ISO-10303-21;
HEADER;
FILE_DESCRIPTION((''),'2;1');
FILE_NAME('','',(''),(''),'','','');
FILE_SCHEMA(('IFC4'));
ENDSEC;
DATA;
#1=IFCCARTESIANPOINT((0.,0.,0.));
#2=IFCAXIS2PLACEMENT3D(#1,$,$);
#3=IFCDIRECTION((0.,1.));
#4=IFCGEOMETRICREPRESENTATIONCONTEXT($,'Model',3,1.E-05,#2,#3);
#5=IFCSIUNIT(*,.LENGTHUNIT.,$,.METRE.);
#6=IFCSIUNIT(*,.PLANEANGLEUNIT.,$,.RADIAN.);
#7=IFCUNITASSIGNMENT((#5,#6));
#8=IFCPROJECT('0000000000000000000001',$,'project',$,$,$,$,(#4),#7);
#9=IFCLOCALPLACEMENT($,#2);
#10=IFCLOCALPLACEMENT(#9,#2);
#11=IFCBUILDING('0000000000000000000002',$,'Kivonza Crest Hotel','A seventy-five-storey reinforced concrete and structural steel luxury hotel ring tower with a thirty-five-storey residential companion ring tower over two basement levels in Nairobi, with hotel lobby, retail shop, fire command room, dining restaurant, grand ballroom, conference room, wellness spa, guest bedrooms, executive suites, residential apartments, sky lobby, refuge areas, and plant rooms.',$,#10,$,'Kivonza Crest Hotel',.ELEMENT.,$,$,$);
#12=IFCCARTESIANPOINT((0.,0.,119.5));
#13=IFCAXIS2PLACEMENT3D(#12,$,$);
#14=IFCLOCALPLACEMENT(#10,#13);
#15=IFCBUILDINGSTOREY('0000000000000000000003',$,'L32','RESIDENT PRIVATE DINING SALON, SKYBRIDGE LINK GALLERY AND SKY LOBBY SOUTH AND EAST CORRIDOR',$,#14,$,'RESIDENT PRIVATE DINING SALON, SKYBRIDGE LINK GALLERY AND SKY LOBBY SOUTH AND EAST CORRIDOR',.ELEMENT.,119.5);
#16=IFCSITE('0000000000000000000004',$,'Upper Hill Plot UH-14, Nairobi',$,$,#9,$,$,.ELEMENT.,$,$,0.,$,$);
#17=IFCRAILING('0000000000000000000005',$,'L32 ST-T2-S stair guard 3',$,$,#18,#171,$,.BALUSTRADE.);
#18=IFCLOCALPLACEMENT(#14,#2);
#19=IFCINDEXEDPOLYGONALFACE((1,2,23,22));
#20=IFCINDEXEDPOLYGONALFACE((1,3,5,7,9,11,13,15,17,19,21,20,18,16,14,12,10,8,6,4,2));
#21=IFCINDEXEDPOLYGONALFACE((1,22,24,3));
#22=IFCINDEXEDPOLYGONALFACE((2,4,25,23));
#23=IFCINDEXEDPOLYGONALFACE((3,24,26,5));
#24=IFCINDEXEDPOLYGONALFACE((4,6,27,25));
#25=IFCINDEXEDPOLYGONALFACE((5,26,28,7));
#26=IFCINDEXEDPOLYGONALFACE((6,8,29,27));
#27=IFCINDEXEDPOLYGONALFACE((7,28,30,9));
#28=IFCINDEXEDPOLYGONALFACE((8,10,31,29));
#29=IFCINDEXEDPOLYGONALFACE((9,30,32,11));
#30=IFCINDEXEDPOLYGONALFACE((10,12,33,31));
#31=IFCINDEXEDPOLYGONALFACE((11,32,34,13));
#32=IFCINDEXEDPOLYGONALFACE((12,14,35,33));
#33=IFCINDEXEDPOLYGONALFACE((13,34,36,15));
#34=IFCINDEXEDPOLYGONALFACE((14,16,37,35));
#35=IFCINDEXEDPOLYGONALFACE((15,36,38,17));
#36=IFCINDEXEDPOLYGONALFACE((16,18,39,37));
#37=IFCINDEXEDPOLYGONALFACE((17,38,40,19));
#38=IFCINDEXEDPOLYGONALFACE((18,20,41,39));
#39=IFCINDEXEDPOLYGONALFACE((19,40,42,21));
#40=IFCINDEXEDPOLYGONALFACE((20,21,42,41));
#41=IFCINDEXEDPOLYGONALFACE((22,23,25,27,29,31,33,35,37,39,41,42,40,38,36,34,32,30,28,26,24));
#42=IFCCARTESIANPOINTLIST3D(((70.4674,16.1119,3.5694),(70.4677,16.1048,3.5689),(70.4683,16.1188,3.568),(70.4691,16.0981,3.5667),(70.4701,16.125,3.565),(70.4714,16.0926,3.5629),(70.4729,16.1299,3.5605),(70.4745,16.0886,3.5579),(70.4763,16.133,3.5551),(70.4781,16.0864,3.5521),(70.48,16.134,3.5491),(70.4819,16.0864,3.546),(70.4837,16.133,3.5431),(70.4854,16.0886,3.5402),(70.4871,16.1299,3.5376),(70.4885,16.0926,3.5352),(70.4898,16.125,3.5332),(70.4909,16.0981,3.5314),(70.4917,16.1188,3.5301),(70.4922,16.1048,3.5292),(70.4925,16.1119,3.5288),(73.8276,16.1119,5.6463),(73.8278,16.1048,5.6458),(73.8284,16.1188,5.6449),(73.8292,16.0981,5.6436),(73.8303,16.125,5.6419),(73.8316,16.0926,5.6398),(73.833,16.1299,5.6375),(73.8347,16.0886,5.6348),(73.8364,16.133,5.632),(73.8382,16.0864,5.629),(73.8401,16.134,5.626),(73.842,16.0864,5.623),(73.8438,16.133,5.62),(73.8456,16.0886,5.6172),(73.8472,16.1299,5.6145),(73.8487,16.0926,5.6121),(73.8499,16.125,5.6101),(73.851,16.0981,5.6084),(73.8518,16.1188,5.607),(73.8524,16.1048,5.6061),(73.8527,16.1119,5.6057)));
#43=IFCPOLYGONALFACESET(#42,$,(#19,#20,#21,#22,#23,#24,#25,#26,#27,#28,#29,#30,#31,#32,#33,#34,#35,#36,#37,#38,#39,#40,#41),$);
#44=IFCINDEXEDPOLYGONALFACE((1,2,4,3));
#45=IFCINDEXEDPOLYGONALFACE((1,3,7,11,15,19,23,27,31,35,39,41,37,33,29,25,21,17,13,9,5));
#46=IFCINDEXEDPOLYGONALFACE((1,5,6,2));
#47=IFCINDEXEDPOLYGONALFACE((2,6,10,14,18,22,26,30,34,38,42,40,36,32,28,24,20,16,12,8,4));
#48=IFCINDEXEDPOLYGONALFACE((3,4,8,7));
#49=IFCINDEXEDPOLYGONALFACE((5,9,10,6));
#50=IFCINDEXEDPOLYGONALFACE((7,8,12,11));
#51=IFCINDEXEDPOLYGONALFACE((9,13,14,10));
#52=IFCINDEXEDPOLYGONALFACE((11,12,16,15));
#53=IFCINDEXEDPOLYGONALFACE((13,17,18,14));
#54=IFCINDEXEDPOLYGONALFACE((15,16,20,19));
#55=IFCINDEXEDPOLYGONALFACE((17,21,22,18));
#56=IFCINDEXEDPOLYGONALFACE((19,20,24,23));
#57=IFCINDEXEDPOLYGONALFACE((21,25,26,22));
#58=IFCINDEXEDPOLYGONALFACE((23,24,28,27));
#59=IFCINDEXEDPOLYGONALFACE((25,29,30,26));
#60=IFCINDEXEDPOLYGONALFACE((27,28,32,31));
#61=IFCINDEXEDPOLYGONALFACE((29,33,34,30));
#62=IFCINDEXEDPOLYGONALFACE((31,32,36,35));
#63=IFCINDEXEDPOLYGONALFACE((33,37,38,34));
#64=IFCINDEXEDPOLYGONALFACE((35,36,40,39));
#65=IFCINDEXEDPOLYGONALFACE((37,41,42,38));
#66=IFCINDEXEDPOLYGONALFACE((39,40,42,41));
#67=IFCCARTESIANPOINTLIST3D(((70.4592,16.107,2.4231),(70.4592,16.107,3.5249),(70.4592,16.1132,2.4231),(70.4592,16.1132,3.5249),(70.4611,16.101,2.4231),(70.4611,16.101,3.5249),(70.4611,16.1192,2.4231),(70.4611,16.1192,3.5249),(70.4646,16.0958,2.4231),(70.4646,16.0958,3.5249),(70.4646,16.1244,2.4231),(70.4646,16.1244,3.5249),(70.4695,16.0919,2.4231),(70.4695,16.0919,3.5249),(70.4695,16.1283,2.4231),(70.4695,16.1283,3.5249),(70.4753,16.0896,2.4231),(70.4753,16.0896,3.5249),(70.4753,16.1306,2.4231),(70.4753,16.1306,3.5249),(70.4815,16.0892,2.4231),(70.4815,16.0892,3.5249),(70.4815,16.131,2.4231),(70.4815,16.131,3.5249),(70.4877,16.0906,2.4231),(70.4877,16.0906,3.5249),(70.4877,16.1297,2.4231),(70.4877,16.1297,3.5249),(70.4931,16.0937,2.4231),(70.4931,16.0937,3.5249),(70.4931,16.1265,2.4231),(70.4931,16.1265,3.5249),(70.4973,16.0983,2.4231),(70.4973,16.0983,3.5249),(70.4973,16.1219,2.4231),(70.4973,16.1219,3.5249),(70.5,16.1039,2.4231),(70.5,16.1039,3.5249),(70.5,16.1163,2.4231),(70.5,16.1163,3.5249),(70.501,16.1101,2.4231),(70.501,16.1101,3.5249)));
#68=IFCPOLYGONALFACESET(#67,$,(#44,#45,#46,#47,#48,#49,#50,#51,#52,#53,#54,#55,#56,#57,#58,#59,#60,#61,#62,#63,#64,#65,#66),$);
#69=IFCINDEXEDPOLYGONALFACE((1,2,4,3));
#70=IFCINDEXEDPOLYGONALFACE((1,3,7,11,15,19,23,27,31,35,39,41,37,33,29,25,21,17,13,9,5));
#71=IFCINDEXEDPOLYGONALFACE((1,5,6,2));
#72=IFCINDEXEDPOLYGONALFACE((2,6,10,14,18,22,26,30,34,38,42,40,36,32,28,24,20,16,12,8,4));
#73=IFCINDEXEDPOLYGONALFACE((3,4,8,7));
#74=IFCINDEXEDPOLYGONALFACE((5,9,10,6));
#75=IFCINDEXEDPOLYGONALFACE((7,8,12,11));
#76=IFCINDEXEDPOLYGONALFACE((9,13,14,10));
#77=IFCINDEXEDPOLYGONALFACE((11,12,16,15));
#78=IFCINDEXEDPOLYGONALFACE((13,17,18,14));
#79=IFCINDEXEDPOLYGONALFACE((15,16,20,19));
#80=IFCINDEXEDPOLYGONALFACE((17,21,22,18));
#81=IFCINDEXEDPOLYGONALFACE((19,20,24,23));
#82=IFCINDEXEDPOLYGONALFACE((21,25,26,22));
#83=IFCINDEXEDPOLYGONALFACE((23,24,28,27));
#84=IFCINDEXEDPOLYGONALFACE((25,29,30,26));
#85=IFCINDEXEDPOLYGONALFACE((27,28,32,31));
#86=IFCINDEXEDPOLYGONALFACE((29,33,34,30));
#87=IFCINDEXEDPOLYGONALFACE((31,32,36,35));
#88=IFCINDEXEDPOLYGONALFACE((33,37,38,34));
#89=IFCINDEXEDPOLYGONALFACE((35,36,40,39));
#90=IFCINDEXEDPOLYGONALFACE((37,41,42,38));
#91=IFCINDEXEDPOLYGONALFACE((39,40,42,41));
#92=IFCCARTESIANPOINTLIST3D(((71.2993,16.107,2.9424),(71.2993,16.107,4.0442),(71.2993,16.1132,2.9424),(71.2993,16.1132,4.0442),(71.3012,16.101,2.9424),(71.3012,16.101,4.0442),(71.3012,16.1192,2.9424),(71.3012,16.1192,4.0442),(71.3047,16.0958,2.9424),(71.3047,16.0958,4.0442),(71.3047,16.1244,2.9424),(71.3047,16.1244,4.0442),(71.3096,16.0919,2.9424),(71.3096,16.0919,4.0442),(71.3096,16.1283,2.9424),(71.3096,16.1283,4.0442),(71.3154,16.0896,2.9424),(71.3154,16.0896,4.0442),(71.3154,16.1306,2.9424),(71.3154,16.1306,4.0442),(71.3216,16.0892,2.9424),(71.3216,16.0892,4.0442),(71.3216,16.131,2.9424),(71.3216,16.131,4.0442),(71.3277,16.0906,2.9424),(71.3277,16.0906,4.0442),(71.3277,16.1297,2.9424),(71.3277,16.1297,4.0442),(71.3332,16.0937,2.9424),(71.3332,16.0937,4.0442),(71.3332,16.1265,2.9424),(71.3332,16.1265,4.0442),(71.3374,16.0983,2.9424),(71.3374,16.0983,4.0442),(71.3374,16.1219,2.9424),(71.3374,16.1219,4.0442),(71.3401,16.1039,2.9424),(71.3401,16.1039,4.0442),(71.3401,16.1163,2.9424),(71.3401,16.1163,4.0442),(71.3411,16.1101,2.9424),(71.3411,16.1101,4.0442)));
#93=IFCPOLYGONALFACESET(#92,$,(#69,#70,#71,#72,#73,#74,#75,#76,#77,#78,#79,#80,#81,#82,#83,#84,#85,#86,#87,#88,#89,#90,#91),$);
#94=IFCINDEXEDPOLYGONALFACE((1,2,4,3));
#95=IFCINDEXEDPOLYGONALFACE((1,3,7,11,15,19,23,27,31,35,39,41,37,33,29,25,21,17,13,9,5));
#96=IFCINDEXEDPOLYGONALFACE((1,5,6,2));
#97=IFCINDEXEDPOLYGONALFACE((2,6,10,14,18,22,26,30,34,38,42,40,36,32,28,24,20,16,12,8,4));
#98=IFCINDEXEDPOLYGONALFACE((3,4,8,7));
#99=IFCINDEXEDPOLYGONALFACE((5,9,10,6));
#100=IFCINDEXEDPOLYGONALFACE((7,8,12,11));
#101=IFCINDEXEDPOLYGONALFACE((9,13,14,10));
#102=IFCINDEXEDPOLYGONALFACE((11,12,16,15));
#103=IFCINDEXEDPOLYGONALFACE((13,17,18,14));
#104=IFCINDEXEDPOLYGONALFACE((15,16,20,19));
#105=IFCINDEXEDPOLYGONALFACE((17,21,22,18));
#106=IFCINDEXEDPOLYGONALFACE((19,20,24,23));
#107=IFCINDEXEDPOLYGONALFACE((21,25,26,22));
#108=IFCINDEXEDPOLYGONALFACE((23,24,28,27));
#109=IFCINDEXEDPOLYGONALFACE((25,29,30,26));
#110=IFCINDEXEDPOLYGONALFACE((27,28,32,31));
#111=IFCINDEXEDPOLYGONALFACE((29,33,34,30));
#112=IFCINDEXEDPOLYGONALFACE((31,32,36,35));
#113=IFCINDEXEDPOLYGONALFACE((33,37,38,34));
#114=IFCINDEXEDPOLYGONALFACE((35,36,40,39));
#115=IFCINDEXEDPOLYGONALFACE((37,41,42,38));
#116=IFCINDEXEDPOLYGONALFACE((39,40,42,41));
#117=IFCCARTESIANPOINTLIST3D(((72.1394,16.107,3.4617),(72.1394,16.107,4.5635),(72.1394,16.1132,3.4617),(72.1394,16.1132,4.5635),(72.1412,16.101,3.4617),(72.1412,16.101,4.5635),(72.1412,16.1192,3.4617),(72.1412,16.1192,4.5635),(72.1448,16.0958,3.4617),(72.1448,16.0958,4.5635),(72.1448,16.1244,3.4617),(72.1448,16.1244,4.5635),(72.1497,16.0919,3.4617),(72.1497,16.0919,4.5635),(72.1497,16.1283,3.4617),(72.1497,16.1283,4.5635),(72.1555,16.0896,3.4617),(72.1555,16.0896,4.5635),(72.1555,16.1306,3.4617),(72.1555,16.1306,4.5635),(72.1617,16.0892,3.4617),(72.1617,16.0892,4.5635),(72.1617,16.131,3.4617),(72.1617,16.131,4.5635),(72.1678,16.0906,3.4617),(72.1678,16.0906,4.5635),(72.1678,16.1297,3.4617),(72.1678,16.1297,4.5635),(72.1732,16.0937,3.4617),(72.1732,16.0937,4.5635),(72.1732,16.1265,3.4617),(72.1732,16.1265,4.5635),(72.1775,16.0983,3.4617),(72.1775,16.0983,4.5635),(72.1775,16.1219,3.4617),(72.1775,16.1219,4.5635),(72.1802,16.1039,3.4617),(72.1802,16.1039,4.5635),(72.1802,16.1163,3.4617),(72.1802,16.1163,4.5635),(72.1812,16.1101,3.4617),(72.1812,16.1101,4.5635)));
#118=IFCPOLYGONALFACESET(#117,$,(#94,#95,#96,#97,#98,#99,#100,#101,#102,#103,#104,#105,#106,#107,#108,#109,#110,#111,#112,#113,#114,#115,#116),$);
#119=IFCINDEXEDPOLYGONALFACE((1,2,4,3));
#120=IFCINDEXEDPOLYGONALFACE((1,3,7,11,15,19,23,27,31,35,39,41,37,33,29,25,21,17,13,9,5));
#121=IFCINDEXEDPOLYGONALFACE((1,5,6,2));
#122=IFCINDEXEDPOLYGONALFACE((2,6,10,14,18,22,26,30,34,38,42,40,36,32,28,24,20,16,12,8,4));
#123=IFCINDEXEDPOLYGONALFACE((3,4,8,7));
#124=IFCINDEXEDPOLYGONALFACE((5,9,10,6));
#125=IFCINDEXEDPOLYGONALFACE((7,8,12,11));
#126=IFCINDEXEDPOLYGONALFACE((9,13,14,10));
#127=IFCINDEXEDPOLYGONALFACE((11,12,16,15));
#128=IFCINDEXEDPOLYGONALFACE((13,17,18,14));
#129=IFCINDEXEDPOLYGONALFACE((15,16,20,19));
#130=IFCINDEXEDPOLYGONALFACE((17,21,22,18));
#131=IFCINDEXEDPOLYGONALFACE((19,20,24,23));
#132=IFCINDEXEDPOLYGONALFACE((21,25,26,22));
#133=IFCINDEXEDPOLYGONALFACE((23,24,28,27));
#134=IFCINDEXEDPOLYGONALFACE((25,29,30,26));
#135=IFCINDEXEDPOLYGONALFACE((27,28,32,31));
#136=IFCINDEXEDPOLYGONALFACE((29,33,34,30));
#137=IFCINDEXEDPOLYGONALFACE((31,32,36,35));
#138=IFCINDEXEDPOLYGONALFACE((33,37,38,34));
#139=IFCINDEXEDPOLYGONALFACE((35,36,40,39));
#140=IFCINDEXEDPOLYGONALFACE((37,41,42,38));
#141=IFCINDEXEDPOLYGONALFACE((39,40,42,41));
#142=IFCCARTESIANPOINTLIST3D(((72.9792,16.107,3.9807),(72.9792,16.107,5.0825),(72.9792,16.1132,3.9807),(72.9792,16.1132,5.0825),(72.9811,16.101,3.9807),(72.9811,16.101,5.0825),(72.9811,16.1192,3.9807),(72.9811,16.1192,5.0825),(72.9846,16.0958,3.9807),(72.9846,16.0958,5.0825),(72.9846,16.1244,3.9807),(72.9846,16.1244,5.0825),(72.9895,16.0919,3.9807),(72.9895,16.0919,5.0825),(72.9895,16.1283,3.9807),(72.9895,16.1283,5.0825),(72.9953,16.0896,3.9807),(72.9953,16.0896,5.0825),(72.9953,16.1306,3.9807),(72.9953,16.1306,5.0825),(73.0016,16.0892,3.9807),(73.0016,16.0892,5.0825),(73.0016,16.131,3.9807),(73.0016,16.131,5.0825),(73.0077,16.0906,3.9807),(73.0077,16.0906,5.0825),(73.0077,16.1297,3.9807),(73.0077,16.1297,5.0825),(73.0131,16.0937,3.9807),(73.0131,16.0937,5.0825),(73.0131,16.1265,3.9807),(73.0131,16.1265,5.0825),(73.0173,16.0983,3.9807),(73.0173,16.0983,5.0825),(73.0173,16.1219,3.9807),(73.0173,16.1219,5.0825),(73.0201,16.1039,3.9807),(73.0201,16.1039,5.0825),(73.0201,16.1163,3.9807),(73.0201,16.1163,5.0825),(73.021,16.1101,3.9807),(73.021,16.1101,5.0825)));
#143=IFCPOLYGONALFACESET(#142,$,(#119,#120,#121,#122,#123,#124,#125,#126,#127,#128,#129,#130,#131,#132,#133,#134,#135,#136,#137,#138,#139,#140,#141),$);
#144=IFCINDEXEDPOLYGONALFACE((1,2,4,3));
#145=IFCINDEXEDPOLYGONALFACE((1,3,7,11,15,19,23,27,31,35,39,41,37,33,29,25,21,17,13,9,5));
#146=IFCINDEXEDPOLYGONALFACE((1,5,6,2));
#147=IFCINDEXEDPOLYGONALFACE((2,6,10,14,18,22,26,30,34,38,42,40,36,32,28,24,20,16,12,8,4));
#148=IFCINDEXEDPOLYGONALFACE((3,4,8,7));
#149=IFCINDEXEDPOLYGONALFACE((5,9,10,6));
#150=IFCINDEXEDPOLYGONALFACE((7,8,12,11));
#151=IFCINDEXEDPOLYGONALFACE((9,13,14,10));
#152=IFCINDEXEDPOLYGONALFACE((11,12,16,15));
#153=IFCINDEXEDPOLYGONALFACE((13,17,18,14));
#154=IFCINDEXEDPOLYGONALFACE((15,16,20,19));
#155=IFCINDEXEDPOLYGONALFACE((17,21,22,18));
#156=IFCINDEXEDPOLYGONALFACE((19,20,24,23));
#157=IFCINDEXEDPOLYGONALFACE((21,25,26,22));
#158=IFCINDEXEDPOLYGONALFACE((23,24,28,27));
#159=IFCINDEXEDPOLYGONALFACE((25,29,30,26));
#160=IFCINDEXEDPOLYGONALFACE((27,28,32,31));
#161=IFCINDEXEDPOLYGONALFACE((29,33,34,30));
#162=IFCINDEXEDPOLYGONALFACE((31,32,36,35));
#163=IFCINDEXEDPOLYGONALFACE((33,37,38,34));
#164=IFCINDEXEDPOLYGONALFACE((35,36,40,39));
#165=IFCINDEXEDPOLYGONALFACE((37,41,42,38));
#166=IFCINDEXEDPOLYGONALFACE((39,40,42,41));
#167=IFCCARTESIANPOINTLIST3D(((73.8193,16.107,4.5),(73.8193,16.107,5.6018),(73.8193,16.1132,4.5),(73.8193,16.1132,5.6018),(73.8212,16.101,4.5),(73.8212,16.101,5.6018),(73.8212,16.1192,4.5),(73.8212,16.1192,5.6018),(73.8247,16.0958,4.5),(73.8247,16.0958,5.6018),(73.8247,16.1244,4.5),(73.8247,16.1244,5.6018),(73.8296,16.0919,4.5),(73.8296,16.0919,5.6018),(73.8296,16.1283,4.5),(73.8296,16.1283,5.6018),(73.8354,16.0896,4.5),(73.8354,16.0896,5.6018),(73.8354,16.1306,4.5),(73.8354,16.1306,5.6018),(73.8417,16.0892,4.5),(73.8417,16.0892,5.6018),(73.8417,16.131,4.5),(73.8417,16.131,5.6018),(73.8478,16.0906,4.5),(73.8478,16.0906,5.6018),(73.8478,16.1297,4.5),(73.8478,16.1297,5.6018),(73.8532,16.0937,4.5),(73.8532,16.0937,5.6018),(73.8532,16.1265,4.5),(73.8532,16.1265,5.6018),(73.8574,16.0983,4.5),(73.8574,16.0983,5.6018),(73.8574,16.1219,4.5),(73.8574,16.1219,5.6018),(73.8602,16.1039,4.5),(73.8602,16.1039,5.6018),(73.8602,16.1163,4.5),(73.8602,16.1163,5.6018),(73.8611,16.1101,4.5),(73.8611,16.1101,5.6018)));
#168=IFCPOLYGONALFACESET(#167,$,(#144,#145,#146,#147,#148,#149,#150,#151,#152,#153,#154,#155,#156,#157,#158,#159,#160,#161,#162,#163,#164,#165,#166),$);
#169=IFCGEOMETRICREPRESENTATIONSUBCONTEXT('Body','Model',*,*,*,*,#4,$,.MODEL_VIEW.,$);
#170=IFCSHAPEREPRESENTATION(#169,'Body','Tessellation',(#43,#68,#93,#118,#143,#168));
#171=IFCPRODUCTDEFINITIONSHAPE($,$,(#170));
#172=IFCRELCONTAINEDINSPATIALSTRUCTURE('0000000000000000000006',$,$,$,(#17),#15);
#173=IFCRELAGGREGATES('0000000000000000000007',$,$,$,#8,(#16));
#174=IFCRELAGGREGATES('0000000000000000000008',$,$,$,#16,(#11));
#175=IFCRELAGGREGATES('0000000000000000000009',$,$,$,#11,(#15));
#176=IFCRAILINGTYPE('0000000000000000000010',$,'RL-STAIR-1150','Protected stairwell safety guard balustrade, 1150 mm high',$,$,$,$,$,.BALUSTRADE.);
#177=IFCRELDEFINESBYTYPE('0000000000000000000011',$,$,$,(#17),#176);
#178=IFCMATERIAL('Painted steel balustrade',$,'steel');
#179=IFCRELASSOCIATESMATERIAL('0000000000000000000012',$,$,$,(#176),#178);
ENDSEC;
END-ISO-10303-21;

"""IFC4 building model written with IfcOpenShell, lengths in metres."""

from ifc_helpers import new_model, si_unit, direction, frame, origin, origin_2d, place, context, subcontext, project, spatial, circle, extrude, material, type_object, element, save


model = new_model("IFC4")

# Units and contexts
model_context = context("Model", 3, precision=1e-05, world=origin(), true_north=direction((0.0, 1.0)))
body_context = subcontext(model_context, "Body", "Model", "MODEL_VIEW")
ifc_project = project(units=[si_unit("LENGTHUNIT", "METRE"), si_unit("PLANEANGLEUNIT", "RADIAN")], contexts=[model_context])

# Site, building, storey
site_placement = place(None, origin())
site = spatial("IfcSite", under=ifc_project, at=site_placement, Name="Upper Hill Plot UH-14, Nairobi", CompositionType="ELEMENT", RefElevation=0.0)
building_placement = place(site_placement, origin())
building = spatial("IfcBuilding", under=site, at=building_placement, Name="Kivonza Crest Hotel", Description="A seventy-five-storey reinforced concrete and structural steel luxury hotel ring tower with a thirty-five-storey residential companion ring tower over two basement levels in Nairobi, with hotel lobby, retail shop, fire command room, dining restaurant, grand ballroom, conference room, wellness spa, guest bedrooms, executive suites, residential apartments, sky lobby, refuge areas, and plant rooms.", LongName="Kivonza Crest Hotel", CompositionType="ELEMENT")
storey_placement = place(building_placement, frame((0.0, 0.0, 119.5)))
storey = spatial("IfcBuildingStorey", under=building, at=storey_placement, Name="L32", Description="RESIDENT PRIVATE DINING SALON, SKYBRIDGE LINK GALLERY AND SKY LOBBY SOUTH AND EAST CORRIDOR", LongName="RESIDENT PRIVATE DINING SALON, SKYBRIDGE LINK GALLERY AND SKY LOBBY SOUTH AND EAST CORRIDOR", CompositionType="ELEMENT", Elevation=119.5)

# Railing
ifc_material_1 = material(Name="Painted steel balustrade", Category="steel")
railing_type_1 = type_object("IfcRailingType", Name="RL-STAIR-1150", Description="Protected stairwell safety guard balustrade, 1150 mm high", PredefinedType="BALUSTRADE", material=ifc_material_1)
railing_1_placement = place(storey_placement, frame((70.48, 16.1101, 2.4231)))
element("IfcRailing", 1, at=railing_1_placement, inside=storey, type_object=railing_type_1, Name="L32 ST-T2-S stair guard 3", PredefinedType="BALUSTRADE", context=body_context, shape_type="SweptSolid", body=[
    extrude(circle(Radius=0.0239, at=origin_2d()), frame((0.0, 0.0, 1.126), z_axis=(0.850623, 0.0, 0.525776), x_axis=(0.0, 1.0, 0.0)), (0.0, 0.0, 1.0), 3.9502),
    extrude(circle(Radius=0.021, at=origin_2d()), origin(), (0.0, 0.0, 1.0), 1.1018),
    extrude(circle(Radius=0.021, at=origin_2d()), frame((0.8401, 0.0, 0.5193)), (0.0, 0.0, 1.0), 1.1018),
    extrude(circle(Radius=0.021, at=origin_2d()), frame((1.6802, 0.0, 1.0386)), (0.0, 0.0, 1.0), 1.1018),
    extrude(circle(Radius=0.021, at=origin_2d()), frame((2.52, 0.0, 1.5576)), (0.0, 0.0, 1.0), 1.1018),
    extrude(circle(Radius=0.021, at=origin_2d()), frame((3.3601, 0.0, 2.0769)), (0.0, 0.0, 1.0), 1.1018),
])

save(model, "model.ifc")
